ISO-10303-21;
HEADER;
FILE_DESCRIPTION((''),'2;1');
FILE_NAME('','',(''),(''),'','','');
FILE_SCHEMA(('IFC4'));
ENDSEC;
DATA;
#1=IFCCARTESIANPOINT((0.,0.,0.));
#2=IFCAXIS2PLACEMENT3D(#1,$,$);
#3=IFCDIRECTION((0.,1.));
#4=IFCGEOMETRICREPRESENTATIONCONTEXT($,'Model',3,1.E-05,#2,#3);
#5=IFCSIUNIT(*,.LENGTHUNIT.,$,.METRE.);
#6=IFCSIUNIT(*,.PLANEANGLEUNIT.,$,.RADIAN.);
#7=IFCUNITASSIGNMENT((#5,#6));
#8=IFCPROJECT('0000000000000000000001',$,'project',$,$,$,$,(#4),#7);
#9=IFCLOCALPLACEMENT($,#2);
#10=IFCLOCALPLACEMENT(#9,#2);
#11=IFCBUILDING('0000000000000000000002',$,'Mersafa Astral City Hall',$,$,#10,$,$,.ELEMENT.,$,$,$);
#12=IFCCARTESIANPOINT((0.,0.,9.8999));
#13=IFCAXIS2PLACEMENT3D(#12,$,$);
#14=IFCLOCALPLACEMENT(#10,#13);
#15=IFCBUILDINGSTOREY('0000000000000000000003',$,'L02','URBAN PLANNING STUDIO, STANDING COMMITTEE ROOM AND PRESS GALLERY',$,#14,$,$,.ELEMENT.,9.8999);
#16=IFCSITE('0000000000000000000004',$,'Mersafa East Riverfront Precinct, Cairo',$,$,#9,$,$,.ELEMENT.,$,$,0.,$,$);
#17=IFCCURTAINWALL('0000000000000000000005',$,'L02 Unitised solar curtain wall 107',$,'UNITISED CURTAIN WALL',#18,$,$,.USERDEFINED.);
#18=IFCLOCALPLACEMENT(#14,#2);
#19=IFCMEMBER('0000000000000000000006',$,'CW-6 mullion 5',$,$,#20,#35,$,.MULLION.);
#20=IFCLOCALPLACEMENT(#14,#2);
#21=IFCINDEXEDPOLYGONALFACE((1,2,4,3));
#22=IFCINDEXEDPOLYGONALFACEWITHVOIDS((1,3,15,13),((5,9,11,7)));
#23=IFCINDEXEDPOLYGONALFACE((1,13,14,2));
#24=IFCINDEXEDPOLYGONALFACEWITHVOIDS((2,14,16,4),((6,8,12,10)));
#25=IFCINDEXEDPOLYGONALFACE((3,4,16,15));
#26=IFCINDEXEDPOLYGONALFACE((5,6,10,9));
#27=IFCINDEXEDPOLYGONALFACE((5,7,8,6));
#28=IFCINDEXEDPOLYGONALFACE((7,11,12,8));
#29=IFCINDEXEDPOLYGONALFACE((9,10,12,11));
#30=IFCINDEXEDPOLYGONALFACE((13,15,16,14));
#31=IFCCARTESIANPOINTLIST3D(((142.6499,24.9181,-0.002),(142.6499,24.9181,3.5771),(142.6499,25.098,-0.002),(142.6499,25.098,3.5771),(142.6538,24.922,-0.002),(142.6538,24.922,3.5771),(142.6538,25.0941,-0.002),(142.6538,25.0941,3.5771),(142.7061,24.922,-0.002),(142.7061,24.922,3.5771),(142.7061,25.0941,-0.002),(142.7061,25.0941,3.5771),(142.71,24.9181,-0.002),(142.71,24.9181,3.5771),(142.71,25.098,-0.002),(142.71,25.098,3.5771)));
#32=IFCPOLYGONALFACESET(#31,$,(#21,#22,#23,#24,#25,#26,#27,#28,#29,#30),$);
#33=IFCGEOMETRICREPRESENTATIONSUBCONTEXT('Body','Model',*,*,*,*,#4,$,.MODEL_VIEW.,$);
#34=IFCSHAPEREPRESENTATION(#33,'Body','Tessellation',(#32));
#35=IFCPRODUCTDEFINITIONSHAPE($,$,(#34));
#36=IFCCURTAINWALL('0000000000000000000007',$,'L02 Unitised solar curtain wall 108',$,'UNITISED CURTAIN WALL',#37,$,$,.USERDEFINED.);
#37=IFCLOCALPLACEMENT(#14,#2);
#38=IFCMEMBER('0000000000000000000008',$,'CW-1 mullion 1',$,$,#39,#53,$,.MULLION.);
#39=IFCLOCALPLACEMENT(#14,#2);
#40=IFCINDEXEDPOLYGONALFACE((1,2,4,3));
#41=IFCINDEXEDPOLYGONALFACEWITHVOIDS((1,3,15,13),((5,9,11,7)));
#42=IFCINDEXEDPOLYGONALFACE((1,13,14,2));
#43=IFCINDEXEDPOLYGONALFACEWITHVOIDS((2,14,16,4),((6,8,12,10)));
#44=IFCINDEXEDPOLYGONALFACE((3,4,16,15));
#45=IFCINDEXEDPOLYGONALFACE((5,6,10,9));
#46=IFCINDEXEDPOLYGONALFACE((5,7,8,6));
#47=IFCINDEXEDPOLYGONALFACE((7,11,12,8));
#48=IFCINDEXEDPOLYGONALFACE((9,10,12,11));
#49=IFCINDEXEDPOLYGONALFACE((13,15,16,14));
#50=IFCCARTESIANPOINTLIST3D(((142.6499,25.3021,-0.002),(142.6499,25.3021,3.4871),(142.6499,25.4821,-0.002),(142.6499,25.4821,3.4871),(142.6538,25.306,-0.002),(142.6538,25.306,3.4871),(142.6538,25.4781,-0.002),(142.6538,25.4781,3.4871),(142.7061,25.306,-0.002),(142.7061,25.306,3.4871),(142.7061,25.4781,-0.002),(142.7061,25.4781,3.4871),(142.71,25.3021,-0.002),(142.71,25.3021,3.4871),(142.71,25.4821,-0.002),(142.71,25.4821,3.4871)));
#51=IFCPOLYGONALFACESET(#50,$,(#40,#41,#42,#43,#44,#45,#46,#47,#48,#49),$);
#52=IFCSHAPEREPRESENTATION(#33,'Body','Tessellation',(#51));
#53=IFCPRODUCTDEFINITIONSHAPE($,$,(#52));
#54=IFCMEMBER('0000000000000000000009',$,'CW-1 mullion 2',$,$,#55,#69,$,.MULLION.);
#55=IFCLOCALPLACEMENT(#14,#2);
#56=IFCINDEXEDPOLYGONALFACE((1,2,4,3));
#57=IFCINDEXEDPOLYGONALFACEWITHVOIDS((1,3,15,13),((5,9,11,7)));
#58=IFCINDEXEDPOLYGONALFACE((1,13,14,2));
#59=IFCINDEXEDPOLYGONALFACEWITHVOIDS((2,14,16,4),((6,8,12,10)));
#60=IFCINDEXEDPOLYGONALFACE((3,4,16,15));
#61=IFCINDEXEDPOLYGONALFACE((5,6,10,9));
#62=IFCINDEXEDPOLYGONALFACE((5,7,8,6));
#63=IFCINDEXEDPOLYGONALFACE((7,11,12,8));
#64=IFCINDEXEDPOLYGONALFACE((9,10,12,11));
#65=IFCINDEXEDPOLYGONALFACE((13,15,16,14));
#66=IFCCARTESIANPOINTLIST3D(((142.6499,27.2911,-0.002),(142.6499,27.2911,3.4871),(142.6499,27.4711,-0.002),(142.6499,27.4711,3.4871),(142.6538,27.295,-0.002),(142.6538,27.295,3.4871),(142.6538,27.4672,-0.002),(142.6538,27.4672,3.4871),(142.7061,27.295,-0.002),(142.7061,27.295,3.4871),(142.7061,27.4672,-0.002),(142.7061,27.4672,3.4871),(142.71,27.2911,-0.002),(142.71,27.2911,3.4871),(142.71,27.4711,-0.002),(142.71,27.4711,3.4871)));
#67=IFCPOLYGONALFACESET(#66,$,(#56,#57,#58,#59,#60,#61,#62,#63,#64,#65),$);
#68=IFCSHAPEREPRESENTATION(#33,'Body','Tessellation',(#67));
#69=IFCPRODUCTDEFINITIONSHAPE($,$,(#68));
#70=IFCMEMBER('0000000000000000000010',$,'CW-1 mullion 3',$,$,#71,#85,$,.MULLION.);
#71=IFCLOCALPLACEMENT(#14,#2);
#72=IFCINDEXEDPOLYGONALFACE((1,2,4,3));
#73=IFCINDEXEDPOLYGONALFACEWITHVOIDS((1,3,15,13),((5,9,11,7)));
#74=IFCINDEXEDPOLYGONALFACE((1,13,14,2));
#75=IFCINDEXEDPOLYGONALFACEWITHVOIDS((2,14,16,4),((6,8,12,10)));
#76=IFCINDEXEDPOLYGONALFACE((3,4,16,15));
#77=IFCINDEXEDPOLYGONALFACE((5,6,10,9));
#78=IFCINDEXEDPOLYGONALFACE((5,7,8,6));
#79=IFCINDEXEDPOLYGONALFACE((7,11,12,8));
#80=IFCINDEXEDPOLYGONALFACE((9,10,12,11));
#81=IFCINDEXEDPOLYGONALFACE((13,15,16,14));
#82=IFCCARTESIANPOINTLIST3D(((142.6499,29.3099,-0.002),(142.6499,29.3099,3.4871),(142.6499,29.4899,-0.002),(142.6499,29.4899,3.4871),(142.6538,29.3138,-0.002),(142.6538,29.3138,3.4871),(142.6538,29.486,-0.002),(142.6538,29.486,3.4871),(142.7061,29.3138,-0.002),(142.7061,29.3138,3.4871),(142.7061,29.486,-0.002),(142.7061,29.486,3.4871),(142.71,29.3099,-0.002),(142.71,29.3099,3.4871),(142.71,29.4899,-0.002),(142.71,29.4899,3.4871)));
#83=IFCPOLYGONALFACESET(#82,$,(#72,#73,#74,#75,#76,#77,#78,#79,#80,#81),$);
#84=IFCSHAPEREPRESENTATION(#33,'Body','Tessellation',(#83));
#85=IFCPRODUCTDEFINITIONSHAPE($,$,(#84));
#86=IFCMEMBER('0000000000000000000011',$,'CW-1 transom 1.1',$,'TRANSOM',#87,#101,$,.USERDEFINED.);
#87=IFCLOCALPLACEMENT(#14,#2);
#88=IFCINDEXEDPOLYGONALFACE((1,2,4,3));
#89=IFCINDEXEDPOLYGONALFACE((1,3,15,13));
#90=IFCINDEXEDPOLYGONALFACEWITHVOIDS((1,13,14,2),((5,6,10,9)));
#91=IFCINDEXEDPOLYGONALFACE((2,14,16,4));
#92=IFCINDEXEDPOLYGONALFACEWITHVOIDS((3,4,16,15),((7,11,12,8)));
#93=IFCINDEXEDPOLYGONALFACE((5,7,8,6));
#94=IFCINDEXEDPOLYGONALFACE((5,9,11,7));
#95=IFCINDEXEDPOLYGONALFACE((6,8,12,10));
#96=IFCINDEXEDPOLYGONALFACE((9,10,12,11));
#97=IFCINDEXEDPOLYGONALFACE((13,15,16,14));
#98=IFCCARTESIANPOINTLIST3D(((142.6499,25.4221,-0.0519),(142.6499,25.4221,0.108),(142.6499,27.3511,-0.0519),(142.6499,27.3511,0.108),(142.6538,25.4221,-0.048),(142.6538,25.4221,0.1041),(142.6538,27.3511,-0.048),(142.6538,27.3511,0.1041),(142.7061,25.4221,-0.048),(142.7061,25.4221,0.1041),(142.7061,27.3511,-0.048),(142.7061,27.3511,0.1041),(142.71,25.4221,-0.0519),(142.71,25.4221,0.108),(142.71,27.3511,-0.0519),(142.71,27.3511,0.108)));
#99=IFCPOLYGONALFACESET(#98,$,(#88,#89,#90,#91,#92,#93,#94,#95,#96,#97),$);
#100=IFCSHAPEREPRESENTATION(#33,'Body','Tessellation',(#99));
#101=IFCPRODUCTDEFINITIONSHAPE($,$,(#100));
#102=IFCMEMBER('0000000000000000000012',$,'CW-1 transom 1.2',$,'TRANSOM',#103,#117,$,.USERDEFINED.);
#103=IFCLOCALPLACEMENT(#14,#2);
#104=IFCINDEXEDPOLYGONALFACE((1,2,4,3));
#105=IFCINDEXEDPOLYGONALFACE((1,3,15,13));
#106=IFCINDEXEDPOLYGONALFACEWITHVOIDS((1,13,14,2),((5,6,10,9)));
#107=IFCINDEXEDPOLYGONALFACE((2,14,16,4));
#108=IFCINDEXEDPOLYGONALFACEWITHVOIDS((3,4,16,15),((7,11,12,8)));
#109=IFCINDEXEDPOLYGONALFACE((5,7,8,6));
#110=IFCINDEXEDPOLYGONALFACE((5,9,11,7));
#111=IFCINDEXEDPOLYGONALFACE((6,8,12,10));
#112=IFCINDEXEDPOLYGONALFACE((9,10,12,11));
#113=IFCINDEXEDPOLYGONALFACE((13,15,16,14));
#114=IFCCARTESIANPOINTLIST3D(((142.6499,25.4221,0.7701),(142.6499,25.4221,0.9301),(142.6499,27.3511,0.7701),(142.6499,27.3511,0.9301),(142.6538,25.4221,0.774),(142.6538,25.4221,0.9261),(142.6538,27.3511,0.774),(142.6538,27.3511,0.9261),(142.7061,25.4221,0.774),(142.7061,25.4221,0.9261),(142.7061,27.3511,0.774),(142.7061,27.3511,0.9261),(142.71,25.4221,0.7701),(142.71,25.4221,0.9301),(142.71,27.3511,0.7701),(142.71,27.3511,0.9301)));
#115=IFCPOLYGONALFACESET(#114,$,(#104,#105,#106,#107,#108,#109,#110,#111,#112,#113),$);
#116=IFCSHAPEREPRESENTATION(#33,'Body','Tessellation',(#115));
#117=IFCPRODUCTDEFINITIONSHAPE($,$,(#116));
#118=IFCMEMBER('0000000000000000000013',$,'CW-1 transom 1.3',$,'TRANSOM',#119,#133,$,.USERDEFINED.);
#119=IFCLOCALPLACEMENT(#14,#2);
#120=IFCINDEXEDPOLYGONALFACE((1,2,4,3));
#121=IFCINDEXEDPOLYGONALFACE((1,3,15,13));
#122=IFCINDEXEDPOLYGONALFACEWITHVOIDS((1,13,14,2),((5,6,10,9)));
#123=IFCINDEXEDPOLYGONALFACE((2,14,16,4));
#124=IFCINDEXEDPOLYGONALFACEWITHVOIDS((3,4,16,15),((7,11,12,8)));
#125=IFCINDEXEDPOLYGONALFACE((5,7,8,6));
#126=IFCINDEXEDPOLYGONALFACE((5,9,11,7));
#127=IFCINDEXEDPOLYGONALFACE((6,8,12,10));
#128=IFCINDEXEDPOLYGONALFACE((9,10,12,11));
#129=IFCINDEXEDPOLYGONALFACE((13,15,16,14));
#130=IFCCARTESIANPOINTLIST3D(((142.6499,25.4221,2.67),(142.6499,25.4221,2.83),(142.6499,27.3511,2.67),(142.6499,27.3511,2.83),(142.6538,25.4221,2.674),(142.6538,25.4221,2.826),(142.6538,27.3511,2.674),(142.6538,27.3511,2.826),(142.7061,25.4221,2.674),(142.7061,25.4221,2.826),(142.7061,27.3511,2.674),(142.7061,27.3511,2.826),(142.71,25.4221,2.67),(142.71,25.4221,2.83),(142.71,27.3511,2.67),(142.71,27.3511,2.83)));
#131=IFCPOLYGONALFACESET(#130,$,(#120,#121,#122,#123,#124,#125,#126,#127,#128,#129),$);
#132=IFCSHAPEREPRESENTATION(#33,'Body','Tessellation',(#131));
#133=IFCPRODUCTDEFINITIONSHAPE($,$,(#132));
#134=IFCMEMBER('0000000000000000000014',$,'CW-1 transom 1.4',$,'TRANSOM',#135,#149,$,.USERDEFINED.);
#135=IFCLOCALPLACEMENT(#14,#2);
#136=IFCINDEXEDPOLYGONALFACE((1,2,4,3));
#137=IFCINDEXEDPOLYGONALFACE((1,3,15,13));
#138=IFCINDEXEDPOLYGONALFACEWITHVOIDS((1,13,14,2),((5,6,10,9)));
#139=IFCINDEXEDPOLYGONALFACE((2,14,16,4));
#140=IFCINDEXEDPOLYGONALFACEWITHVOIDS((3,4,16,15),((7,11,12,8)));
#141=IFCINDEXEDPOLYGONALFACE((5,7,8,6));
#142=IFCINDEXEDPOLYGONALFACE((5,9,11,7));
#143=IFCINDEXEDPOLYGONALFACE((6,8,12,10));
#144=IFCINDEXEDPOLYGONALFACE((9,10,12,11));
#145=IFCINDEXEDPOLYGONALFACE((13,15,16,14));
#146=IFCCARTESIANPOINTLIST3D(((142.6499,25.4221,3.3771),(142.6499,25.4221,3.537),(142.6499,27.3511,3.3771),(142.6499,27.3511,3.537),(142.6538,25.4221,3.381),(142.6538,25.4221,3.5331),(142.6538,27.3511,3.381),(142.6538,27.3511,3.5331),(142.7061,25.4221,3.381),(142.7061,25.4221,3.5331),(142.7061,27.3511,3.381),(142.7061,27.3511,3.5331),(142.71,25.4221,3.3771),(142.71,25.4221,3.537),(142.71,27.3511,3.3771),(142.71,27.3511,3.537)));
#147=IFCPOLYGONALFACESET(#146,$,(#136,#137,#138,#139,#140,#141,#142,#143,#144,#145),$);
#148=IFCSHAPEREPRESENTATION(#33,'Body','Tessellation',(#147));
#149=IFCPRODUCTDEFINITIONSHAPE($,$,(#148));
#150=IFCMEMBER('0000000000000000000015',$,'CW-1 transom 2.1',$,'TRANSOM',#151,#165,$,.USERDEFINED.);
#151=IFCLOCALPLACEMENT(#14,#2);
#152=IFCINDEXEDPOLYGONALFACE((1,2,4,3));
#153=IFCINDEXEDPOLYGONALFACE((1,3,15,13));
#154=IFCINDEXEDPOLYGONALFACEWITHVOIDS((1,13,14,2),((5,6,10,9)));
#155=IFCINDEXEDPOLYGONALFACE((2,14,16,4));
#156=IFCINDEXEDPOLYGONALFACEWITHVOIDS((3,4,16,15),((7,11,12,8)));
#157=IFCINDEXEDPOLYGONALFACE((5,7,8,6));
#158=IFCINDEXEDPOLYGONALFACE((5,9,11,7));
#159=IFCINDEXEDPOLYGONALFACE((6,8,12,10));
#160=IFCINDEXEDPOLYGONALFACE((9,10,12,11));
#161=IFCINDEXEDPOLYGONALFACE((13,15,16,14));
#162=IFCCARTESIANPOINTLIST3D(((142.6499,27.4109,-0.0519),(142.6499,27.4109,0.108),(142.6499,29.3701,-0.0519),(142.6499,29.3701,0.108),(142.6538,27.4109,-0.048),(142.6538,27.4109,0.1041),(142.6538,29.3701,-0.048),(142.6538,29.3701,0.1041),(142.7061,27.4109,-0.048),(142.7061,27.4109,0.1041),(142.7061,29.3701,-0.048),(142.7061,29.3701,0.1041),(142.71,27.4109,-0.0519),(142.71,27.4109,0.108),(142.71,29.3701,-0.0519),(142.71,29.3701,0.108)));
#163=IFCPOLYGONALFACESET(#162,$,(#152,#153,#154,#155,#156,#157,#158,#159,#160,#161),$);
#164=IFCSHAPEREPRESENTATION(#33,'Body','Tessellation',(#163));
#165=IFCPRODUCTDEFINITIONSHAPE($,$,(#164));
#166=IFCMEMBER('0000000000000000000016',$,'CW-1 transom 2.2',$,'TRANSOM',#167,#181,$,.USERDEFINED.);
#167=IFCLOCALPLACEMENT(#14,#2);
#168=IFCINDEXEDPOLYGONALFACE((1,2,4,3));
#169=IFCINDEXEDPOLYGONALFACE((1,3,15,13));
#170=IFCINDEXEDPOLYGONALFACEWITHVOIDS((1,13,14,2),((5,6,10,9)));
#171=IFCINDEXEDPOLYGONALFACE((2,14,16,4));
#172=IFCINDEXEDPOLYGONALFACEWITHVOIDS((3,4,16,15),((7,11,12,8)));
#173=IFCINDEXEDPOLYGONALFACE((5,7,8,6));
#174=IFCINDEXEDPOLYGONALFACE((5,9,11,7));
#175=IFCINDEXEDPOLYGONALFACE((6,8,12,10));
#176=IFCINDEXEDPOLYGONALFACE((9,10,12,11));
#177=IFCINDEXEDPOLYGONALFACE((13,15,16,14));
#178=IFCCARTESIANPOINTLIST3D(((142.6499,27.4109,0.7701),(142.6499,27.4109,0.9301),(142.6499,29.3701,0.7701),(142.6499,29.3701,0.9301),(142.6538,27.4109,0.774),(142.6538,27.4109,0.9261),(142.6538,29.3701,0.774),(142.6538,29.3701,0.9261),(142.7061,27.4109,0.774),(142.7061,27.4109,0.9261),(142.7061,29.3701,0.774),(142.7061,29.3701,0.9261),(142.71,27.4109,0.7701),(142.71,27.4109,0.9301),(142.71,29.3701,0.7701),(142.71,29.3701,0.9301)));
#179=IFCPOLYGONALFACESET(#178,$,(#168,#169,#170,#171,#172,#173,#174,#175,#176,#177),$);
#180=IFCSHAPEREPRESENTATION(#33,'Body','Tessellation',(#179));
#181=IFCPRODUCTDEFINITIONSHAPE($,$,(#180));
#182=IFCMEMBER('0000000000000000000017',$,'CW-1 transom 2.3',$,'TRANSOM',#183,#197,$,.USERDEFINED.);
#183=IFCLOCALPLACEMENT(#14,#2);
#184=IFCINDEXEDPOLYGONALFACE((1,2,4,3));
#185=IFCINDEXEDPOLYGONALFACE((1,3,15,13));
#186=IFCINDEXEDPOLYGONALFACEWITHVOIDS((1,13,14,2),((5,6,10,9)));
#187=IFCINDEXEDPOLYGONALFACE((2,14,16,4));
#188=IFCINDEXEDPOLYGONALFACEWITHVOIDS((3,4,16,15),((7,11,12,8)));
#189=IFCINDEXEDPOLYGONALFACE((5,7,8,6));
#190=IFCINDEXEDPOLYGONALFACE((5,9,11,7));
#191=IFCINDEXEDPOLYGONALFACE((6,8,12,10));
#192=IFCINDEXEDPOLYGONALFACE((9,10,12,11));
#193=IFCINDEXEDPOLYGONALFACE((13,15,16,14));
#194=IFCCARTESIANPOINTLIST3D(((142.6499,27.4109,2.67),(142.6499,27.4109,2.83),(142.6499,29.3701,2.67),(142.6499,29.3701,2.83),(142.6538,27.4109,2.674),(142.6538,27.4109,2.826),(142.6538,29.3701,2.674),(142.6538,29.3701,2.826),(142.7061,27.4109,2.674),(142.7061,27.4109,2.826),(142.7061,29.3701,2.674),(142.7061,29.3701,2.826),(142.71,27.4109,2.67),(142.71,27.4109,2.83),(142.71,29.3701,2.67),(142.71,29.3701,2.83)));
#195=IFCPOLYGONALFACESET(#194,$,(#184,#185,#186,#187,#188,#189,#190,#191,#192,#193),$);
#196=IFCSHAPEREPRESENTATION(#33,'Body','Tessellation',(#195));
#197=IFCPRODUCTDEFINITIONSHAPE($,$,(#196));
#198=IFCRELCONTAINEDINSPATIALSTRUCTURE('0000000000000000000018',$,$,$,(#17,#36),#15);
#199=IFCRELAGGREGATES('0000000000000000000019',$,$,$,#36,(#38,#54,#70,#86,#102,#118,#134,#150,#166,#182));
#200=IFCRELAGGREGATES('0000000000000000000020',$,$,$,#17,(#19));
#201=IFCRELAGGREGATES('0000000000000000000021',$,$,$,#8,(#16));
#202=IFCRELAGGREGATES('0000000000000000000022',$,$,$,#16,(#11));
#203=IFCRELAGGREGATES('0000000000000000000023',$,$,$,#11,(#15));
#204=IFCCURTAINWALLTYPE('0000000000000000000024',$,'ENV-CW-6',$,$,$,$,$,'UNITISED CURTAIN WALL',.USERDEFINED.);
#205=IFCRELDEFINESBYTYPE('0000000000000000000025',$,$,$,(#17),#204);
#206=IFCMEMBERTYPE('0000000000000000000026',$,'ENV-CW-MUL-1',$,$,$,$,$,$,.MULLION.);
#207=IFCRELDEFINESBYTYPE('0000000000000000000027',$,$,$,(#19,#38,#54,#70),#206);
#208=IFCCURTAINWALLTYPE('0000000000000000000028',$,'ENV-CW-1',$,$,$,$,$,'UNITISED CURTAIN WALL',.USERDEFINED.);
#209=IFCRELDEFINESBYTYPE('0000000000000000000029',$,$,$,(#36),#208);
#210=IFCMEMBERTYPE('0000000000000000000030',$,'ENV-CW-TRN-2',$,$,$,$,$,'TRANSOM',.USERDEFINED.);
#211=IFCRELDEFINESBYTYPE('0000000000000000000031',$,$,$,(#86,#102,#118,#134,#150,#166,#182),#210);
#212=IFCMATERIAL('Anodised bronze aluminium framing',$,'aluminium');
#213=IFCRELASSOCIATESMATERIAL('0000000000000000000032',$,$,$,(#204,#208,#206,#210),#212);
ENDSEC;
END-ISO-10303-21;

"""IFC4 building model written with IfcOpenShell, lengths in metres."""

from ifc_helpers import new_model, si_unit, direction, frame, origin, origin_2d, place, context, subcontext, project, spatial, hollow_rectangle, extrude, material, material_profile, profile_set, type_object, element, aggregate, save


model = new_model("IFC4")

# Units and contexts
model_context = context("Model", 3, precision=1e-05, world=origin(), true_north=direction((0.0, 1.0)))
body_context = subcontext(model_context, "Body", "Model", "MODEL_VIEW")
ifc_project = project(units=[si_unit("LENGTHUNIT", "METRE"), si_unit("PLANEANGLEUNIT", "RADIAN")], contexts=[model_context])

# Site, building, storey
site_placement = place(None, origin())
site = spatial("IfcSite", under=ifc_project, at=site_placement, Name="Mersafa East Riverfront Precinct, Cairo", CompositionType="ELEMENT", RefElevation=0.0)
building_placement = place(site_placement, origin())
building = spatial("IfcBuilding", under=site, at=building_placement, Name="Mersafa Astral City Hall", CompositionType="ELEMENT")
storey_placement = place(building_placement, frame((0.0, 0.0, 9.8999)))
storey = spatial("IfcBuildingStorey", under=building, at=storey_placement, Name="L02", Description="URBAN PLANNING STUDIO, STANDING COMMITTEE ROOM AND PRESS GALLERY", CompositionType="ELEMENT", Elevation=9.8999)

# Curtain wall, member
ifc_material_1 = material(Name="Anodised bronze aluminium framing", Category="aluminium")
curtain_wall_type_1 = type_object("IfcCurtainWallType", Name="ENV-CW-6", ElementType="UNITISED CURTAIN WALL", PredefinedType="USERDEFINED", material=ifc_material_1)
curtain_wall_1_placement = place(storey_placement, origin())
curtain_wall_1 = element("IfcCurtainWall", 1, at=curtain_wall_1_placement, inside=storey, type_object=curtain_wall_type_1, Name="L02 Unitised solar curtain wall 107", ObjectType="UNITISED CURTAIN WALL", PredefinedType="USERDEFINED")
ifc_material_profile_1 = material_profile(ifc_material_1, hollow_rectangle(XDim=0.0601, YDim=0.1799, WallThickness=0.0039, at=origin_2d()), Name="RHS 60x180x4")
ifc_profile_set_1 = profile_set([ifc_material_profile_1], Name="Anodised bronze aluminium framing")
member_type_1 = type_object("IfcMemberType", Name="ENV-CW-MUL-1", PredefinedType="MULLION", material=ifc_profile_set_1)
member_1_placement = place(storey_placement, frame((142.6799, 25.0081, -0.002), z_axis=(0.0, 0.0, 1.0), x_axis=(-1.0, 0.0, 0.0)))
member_1 = element("IfcMember", 2, at=member_1_placement, type_object=member_type_1, Name="CW-6 mullion 5", PredefinedType="MULLION", context=body_context, shape_type="SweptSolid", body=[
    extrude(hollow_rectangle(XDim=0.0601, YDim=0.1799, WallThickness=0.0039, at=origin_2d()), origin(), (0.0, 0.0, 1.0), 3.5791),
])

# Curtain wall, members
curtain_wall_type_2 = type_object("IfcCurtainWallType", Name="ENV-CW-1", ElementType="UNITISED CURTAIN WALL", PredefinedType="USERDEFINED", material=ifc_material_1)
curtain_wall_2_placement = place(storey_placement, origin())
curtain_wall_2 = element("IfcCurtainWall", 3, at=curtain_wall_2_placement, inside=storey, type_object=curtain_wall_type_2, Name="L02 Unitised solar curtain wall 108", ObjectType="UNITISED CURTAIN WALL", PredefinedType="USERDEFINED")
member_2_placement = place(storey_placement, frame((142.6799, 25.3921, -0.002), z_axis=(0.0, 0.0, 1.0), x_axis=(-1.0, 0.0, 0.0)))
member_2 = element("IfcMember", 4, at=member_2_placement, type_object=member_type_1, Name="CW-1 mullion 1", PredefinedType="MULLION", context=body_context, shape_type="SweptSolid", body=[
    extrude(hollow_rectangle(XDim=0.0601, YDim=0.1799, WallThickness=0.0039, at=origin_2d()), origin(), (0.0, 0.0, 1.0), 3.489),
])
member_3_placement = place(storey_placement, frame((142.6799, 27.3811, -0.002), z_axis=(0.0, 0.0, 1.0), x_axis=(-1.0, 0.0, 0.0)))
member_3 = element("IfcMember", 5, at=member_3_placement, type_object=member_type_1, Name="CW-1 mullion 2", PredefinedType="MULLION", context=body_context, shape_type="SweptSolid", body=[
    extrude(hollow_rectangle(XDim=0.0601, YDim=0.1799, WallThickness=0.0039, at=origin_2d()), origin(), (0.0, 0.0, 1.0), 3.489),
])
member_4_placement = place(storey_placement, frame((142.6799, 29.3999, -0.002), z_axis=(0.0, 0.0, 1.0), x_axis=(-1.0, 0.0, 0.0)))
member_4 = element("IfcMember", 6, at=member_4_placement, type_object=member_type_1, Name="CW-1 mullion 3", PredefinedType="MULLION", context=body_context, shape_type="SweptSolid", body=[
    extrude(hollow_rectangle(XDim=0.0601, YDim=0.1799, WallThickness=0.0039, at=origin_2d()), origin(), (0.0, 0.0, 1.0), 3.489),
])
ifc_material_profile_2 = material_profile(ifc_material_1, hollow_rectangle(XDim=0.0601, YDim=0.1599, WallThickness=0.0039, at=origin_2d()), Name="RHS 60x160x4")
ifc_profile_set_2 = profile_set([ifc_material_profile_2], Name="Anodised bronze aluminium framing")
member_type_2 = type_object("IfcMemberType", Name="ENV-CW-TRN-2", ElementType="TRANSOM", PredefinedType="USERDEFINED", material=ifc_profile_set_2)
member_5_placement = place(storey_placement, frame((142.6799, 25.4221, 0.0281), z_axis=(0.0, 1.0, 0.0), x_axis=(-1.0, 0.0, 0.0)))
member_5 = element("IfcMember", 7, at=member_5_placement, type_object=member_type_2, Name="CW-1 transom 1.1", ObjectType="TRANSOM", PredefinedType="USERDEFINED", context=body_context, shape_type="SweptSolid", body=[
    extrude(hollow_rectangle(XDim=0.0601, YDim=0.1599, WallThickness=0.0039, at=origin_2d()), origin(), (0.0, 0.0, 1.0), 1.929),
])
member_6_placement = place(storey_placement, frame((142.6799, 25.4221, 0.8501), z_axis=(0.0, 1.0, 0.0), x_axis=(-1.0, 0.0, 0.0)))
member_6 = element("IfcMember", 8, at=member_6_placement, type_object=member_type_2, Name="CW-1 transom 1.2", ObjectType="TRANSOM", PredefinedType="USERDEFINED", context=body_context, shape_type="SweptSolid", body=[
    extrude(hollow_rectangle(XDim=0.0601, YDim=0.1599, WallThickness=0.0039, at=origin_2d()), origin(), (0.0, 0.0, 1.0), 1.929),
])
member_7_placement = place(storey_placement, frame((142.6799, 25.4221, 2.75), z_axis=(0.0, 1.0, 0.0), x_axis=(-1.0, 0.0, 0.0)))
member_7 = element("IfcMember", 9, at=member_7_placement, type_object=member_type_2, Name="CW-1 transom 1.3", ObjectType="TRANSOM", PredefinedType="USERDEFINED", context=body_context, shape_type="SweptSolid", body=[
    extrude(hollow_rectangle(XDim=0.0601, YDim=0.1599, WallThickness=0.0039, at=origin_2d()), origin(), (0.0, 0.0, 1.0), 1.929),
])
member_8_placement = place(storey_placement, frame((142.6799, 25.4221, 3.457), z_axis=(0.0, 1.0, 0.0), x_axis=(-1.0, 0.0, 0.0)))
member_8 = element("IfcMember", 10, at=member_8_placement, type_object=member_type_2, Name="CW-1 transom 1.4", ObjectType="TRANSOM", PredefinedType="USERDEFINED", context=body_context, shape_type="SweptSolid", body=[
    extrude(hollow_rectangle(XDim=0.0601, YDim=0.1599, WallThickness=0.0039, at=origin_2d()), origin(), (0.0, 0.0, 1.0), 1.929),
])
member_9_placement = place(storey_placement, frame((142.6799, 27.4109, 0.0281), z_axis=(0.0, 1.0, 0.0), x_axis=(-1.0, 0.0, 0.0)))
member_9 = element("IfcMember", 11, at=member_9_placement, type_object=member_type_2, Name="CW-1 transom 2.1", ObjectType="TRANSOM", PredefinedType="USERDEFINED", context=body_context, shape_type="SweptSolid", body=[
    extrude(hollow_rectangle(XDim=0.0601, YDim=0.1599, WallThickness=0.0039, at=origin_2d()), origin(), (0.0, 0.0, 1.0), 1.9592),
])
member_10_placement = place(storey_placement, frame((142.6799, 27.4109, 0.8501), z_axis=(0.0, 1.0, 0.0), x_axis=(-1.0, 0.0, 0.0)))
member_10 = element("IfcMember", 12, at=member_10_placement, type_object=member_type_2, Name="CW-1 transom 2.2", ObjectType="TRANSOM", PredefinedType="USERDEFINED", context=body_context, shape_type="SweptSolid", body=[
    extrude(hollow_rectangle(XDim=0.0601, YDim=0.1599, WallThickness=0.0039, at=origin_2d()), origin(), (0.0, 0.0, 1.0), 1.9592),
])
member_11_placement = place(storey_placement, frame((142.6799, 27.4109, 2.75), z_axis=(0.0, 1.0, 0.0), x_axis=(-1.0, 0.0, 0.0)))
member_11 = element("IfcMember", 13, at=member_11_placement, type_object=member_type_2, Name="CW-1 transom 2.3", ObjectType="TRANSOM", PredefinedType="USERDEFINED", context=body_context, shape_type="SweptSolid", body=[
    extrude(hollow_rectangle(XDim=0.0601, YDim=0.1599, WallThickness=0.0039, at=origin_2d()), origin(), (0.0, 0.0, 1.0), 1.9592),
])
aggregate(curtain_wall_2, [member_2, member_3, member_4, member_5, member_6, member_7, member_8, member_9, member_10, member_11])

aggregate(curtain_wall_1, [member_1])

save(model, "model.ifc")
